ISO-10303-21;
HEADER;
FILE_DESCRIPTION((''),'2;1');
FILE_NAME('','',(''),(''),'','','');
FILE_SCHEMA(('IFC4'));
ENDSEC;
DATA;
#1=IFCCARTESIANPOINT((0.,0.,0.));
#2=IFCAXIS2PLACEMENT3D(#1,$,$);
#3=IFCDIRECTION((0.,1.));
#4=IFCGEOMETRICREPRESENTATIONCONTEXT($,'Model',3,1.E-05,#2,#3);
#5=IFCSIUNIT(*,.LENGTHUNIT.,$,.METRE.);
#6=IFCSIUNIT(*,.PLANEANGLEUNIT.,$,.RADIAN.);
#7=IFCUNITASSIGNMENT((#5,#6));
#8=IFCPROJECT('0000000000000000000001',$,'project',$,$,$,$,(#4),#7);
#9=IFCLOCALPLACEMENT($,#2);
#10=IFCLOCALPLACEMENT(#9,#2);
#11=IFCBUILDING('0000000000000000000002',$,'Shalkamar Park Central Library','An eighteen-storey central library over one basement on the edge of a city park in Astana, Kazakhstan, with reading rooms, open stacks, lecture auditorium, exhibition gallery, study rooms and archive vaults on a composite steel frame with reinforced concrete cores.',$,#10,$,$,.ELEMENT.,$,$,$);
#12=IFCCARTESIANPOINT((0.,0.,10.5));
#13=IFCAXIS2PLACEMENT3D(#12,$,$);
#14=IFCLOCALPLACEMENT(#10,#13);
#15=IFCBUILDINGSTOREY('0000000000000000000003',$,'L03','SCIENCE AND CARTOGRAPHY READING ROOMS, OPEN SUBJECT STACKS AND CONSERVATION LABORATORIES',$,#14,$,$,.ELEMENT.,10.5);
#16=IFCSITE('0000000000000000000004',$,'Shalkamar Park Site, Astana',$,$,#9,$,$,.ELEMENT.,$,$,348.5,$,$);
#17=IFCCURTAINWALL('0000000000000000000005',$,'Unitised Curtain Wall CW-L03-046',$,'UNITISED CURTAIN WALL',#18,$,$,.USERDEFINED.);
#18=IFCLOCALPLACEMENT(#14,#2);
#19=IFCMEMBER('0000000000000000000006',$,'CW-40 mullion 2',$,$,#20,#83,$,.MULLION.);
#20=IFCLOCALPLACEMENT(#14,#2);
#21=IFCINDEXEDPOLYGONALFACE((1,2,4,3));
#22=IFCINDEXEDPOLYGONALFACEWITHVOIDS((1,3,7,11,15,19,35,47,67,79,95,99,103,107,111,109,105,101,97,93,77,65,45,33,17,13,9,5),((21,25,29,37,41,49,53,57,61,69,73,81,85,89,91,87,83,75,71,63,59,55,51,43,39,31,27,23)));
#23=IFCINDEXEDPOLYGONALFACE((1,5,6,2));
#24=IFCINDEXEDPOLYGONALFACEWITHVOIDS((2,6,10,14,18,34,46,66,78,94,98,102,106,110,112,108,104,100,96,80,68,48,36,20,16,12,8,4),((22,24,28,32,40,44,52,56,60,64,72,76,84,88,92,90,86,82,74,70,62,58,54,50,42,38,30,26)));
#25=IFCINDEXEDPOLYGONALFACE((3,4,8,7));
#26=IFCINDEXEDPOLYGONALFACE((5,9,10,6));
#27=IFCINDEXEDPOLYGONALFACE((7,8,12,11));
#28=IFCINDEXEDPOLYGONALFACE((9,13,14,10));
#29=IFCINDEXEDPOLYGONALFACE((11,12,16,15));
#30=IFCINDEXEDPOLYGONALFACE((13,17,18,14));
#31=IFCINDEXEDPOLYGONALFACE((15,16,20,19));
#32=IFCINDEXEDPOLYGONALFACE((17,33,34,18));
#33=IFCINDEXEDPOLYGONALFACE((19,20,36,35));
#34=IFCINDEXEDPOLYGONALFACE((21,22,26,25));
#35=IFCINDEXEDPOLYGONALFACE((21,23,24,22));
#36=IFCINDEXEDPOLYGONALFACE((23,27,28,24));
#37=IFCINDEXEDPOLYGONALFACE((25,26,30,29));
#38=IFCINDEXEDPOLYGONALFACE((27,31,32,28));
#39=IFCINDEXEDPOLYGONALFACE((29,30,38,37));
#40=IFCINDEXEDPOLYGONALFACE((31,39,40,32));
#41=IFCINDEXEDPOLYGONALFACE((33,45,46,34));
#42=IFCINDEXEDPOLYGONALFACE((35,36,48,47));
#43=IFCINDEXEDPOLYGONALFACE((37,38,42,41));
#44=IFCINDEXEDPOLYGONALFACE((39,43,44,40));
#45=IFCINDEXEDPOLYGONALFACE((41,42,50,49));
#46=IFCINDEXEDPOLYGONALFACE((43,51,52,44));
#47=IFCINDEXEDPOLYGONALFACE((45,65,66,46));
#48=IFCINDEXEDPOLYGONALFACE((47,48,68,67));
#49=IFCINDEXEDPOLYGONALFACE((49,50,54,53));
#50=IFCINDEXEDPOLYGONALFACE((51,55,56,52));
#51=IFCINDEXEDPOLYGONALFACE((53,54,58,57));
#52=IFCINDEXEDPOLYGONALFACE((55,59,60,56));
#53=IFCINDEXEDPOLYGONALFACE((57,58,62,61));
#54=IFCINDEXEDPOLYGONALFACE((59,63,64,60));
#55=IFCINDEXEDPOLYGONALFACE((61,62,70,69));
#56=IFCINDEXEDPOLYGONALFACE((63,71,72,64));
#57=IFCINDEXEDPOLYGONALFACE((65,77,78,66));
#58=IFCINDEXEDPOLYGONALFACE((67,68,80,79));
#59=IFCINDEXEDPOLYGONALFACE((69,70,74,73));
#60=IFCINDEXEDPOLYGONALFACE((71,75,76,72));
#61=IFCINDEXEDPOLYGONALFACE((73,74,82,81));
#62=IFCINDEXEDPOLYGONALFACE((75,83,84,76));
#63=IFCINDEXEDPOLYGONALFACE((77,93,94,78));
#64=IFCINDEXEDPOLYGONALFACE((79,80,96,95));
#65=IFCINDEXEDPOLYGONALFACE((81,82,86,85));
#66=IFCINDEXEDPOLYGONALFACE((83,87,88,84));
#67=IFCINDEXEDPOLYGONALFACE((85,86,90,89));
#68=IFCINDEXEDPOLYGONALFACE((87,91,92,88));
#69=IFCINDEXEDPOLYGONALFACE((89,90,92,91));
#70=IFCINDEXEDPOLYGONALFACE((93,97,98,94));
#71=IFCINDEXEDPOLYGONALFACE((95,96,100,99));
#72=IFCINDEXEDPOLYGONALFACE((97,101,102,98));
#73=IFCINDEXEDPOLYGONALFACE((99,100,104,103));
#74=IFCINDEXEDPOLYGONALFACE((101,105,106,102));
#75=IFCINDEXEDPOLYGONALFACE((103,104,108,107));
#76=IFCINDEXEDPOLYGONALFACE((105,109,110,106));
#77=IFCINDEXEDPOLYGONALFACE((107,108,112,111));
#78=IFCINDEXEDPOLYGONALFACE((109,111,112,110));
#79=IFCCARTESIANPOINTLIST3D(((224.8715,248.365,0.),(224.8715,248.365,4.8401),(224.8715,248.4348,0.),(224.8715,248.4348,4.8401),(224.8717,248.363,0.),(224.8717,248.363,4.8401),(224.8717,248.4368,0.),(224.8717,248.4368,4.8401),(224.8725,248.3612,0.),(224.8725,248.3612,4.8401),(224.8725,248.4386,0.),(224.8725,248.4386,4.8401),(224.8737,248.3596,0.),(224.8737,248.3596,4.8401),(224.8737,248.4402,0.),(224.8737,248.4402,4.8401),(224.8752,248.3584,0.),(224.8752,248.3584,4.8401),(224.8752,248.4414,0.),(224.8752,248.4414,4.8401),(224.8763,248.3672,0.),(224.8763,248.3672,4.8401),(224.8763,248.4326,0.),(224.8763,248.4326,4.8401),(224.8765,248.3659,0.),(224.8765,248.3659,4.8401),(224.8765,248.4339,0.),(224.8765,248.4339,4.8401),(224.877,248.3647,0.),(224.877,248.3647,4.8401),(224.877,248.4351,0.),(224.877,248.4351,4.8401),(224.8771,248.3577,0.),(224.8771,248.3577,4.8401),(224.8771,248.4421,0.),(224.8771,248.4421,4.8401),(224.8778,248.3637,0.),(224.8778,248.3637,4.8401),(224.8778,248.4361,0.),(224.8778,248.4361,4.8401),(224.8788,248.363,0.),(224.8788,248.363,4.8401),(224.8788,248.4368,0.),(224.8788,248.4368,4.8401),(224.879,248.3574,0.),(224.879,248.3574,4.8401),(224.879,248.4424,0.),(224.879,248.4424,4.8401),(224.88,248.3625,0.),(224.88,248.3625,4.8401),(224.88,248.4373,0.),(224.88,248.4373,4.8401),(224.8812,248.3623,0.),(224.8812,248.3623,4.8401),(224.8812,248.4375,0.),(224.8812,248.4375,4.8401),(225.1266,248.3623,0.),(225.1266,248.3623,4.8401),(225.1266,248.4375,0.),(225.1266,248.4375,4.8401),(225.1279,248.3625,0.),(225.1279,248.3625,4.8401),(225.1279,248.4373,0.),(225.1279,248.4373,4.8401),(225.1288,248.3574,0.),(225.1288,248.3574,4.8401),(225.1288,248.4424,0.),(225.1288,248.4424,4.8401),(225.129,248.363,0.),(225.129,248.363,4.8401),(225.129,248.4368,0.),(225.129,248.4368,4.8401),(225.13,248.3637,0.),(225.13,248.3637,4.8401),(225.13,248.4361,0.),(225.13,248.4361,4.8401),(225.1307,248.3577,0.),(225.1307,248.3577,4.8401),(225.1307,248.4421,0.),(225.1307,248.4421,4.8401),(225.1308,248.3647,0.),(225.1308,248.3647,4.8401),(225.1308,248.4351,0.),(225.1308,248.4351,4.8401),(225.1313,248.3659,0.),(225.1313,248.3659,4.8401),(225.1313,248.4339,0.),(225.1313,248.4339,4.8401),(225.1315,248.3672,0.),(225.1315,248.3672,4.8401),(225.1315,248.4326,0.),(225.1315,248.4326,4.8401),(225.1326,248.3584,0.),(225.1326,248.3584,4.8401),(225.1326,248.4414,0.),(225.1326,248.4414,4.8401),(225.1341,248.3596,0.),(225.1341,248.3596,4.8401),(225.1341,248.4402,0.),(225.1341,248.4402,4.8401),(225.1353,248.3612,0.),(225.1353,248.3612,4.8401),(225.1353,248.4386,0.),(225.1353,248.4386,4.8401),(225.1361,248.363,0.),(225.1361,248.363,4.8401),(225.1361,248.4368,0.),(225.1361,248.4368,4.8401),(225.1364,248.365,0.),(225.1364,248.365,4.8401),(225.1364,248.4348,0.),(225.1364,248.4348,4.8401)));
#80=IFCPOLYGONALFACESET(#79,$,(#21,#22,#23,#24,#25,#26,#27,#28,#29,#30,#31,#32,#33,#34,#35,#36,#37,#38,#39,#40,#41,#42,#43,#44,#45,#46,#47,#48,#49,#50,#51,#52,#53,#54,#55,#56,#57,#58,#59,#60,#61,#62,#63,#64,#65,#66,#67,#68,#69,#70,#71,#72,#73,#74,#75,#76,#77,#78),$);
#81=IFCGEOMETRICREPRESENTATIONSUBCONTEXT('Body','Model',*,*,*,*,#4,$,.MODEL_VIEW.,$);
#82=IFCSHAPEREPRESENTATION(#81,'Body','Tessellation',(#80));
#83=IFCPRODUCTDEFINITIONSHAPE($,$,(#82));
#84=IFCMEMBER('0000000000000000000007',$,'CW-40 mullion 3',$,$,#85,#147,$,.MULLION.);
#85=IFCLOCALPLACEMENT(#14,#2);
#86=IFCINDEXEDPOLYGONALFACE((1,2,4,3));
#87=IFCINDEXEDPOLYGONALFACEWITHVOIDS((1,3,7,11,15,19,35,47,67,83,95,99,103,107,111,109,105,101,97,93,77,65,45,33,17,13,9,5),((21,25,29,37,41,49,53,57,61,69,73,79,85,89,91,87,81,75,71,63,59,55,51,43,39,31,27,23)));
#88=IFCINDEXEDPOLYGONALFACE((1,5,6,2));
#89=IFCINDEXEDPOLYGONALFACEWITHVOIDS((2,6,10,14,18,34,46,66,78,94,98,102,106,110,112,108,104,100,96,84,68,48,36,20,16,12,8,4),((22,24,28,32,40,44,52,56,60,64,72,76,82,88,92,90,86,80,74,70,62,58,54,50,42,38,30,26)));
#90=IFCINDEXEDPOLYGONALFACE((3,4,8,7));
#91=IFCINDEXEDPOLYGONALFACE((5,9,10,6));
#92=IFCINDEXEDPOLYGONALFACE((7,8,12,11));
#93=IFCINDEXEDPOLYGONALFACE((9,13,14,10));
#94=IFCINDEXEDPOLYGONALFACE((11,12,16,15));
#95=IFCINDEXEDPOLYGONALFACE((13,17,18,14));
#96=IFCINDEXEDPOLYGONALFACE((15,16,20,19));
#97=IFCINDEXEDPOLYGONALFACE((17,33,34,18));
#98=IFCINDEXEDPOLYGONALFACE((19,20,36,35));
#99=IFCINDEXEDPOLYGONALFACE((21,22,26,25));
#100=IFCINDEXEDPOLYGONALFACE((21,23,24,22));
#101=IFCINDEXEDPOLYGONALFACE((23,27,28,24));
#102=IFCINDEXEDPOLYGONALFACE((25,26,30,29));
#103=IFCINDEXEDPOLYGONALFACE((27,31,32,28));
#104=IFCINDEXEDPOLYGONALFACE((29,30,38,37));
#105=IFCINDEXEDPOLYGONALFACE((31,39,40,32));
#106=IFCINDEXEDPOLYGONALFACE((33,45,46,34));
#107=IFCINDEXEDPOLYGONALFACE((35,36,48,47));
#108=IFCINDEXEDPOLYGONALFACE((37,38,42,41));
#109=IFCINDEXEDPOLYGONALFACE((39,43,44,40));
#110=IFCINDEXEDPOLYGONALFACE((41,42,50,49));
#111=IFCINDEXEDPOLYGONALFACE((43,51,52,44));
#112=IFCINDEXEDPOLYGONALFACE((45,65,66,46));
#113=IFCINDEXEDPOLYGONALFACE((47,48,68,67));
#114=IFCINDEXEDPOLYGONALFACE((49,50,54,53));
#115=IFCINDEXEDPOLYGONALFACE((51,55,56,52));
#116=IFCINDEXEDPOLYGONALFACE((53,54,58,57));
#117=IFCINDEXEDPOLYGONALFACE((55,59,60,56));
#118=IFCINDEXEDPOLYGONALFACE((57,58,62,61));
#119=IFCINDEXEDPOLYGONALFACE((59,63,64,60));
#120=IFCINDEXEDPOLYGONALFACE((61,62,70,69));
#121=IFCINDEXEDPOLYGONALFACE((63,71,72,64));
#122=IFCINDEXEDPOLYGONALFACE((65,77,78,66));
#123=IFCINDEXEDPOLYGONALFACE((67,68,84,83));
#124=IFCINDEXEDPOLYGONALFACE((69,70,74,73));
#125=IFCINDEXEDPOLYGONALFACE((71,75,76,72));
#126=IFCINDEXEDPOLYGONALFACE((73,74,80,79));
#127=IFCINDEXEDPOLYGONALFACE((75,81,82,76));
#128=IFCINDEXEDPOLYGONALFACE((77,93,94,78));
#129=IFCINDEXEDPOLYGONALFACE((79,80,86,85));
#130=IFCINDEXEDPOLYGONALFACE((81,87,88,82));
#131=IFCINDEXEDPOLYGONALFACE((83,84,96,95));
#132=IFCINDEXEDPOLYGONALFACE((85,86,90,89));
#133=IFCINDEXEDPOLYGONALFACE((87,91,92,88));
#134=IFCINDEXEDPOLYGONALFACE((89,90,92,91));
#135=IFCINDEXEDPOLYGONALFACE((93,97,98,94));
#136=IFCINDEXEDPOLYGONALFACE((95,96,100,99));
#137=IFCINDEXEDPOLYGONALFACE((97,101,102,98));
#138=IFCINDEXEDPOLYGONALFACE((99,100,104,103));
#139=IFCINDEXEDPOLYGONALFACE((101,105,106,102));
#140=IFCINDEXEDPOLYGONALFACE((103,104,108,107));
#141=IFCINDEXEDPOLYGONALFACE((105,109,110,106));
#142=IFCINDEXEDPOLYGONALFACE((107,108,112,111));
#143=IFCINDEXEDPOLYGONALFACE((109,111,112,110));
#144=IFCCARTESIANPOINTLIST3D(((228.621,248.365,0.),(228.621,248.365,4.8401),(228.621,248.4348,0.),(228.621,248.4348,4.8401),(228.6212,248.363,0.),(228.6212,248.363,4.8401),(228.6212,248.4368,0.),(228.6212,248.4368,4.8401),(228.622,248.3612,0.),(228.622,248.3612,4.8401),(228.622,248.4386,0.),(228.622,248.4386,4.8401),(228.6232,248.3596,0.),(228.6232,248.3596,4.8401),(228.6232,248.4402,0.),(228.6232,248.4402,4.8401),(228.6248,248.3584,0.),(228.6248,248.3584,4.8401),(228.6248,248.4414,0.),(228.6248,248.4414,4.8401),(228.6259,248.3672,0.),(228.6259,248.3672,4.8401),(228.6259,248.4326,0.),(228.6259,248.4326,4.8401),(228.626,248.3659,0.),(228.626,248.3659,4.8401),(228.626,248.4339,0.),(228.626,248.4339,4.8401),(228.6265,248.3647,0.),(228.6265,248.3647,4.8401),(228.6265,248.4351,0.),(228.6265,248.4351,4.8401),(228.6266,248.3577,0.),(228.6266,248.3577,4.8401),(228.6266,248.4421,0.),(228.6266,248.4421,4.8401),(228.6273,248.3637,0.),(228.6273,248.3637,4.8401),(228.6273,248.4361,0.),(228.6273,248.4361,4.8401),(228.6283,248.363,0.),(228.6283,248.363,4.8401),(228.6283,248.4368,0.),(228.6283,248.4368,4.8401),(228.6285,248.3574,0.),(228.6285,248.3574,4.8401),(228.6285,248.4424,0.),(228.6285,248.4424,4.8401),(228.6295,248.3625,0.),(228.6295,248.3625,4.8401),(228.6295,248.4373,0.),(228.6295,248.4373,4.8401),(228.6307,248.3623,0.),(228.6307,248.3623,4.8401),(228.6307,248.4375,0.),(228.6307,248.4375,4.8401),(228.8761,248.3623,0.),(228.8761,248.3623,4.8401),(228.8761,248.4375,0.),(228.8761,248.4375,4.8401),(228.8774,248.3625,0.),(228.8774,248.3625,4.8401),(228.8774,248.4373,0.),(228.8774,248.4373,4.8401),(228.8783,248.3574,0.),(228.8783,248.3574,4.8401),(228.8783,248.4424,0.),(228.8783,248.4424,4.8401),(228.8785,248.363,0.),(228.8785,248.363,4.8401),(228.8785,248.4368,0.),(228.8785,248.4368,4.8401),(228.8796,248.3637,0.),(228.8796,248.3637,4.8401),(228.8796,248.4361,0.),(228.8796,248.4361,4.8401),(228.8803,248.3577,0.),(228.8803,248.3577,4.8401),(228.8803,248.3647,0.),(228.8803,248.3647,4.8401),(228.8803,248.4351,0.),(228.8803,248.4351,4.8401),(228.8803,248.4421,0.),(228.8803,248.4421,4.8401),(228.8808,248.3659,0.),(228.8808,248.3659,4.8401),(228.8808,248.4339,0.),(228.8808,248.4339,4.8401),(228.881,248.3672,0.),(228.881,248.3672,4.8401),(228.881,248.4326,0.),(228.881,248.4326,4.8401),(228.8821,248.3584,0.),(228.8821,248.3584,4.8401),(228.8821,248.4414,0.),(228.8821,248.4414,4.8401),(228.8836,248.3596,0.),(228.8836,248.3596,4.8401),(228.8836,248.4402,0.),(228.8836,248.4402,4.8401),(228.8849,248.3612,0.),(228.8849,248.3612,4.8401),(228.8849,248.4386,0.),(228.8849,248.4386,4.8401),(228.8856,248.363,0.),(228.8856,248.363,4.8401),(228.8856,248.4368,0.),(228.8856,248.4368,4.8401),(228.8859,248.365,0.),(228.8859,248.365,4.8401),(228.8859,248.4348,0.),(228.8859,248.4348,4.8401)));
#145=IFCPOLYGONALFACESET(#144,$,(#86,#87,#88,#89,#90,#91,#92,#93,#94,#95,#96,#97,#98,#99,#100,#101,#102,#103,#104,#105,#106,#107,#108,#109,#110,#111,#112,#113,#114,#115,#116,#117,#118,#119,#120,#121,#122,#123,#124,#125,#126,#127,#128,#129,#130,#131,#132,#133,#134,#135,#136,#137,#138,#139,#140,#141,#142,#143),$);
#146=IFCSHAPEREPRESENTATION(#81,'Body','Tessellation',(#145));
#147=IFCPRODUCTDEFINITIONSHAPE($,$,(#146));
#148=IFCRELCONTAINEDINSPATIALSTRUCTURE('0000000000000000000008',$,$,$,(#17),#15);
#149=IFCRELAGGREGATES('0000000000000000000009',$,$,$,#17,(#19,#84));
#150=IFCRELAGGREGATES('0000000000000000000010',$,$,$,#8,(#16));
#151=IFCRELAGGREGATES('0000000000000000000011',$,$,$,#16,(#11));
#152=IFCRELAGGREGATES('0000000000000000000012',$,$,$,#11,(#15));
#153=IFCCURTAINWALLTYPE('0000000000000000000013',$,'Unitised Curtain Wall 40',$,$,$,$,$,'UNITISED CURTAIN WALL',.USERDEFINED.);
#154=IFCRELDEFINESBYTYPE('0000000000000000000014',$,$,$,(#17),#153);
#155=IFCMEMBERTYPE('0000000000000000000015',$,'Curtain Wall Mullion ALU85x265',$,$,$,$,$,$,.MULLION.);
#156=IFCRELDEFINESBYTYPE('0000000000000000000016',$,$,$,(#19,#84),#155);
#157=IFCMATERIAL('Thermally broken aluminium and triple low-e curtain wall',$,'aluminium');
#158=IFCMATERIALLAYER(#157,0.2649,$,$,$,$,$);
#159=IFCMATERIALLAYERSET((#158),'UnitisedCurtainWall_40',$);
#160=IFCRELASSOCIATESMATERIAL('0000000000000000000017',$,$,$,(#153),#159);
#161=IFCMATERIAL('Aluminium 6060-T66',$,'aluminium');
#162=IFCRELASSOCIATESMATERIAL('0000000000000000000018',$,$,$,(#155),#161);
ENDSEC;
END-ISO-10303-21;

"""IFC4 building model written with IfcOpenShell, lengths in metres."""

from ifc_helpers import new_model, si_unit, direction, frame, origin, origin_2d, place, context, subcontext, project, spatial, hollow_rectangle, extrude, material, layer, layer_set, material_profile, profile_set, type_object, element, aggregate, save


model = new_model("IFC4")

# Units and contexts
model_context = context("Model", 3, precision=1e-05, world=origin(), true_north=direction((0.0, 1.0)))
body_context = subcontext(model_context, "Body", "Model", "MODEL_VIEW")
ifc_project = project(units=[si_unit("LENGTHUNIT", "METRE"), si_unit("PLANEANGLEUNIT", "RADIAN")], contexts=[model_context])

# Site, building, storey
site_placement = place(None, origin())
site = spatial("IfcSite", under=ifc_project, at=site_placement, Name="Shalkamar Park Site, Astana", CompositionType="ELEMENT", RefElevation=348.5)
building_placement = place(site_placement, origin())
building = spatial("IfcBuilding", under=site, at=building_placement, Name="Shalkamar Park Central Library", Description="An eighteen-storey central library over one basement on the edge of a city park in Astana, Kazakhstan, with reading rooms, open stacks, lecture auditorium, exhibition gallery, study rooms and archive vaults on a composite steel frame with reinforced concrete cores.", CompositionType="ELEMENT")
storey_placement = place(building_placement, frame((0.0, 0.0, 10.5)))
storey = spatial("IfcBuildingStorey", under=building, at=storey_placement, Name="L03", Description="SCIENCE AND CARTOGRAPHY READING ROOMS, OPEN SUBJECT STACKS AND CONSERVATION LABORATORIES", CompositionType="ELEMENT", Elevation=10.5)

# Curtain wall, members
ifc_material_1 = material(Name="Thermally broken aluminium and triple low-e curtain wall", Category="aluminium")
ifc_layer_1 = layer(ifc_material_1, 0.2649)
ifc_layer_set_1 = layer_set([ifc_layer_1], Name="UnitisedCurtainWall_40")
curtain_wall_type = type_object("IfcCurtainWallType", Name="Unitised Curtain Wall 40", ElementType="UNITISED CURTAIN WALL", PredefinedType="USERDEFINED", material=ifc_layer_set_1)
curtain_wall_placement = place(storey_placement, origin())
curtain_wall = element("IfcCurtainWall", 1, at=curtain_wall_placement, inside=storey, type_object=curtain_wall_type, Name="Unitised Curtain Wall CW-L03-046", ObjectType="UNITISED CURTAIN WALL", PredefinedType="USERDEFINED")
ifc_material_2 = material(Name="Aluminium 6060-T66", Category="aluminium")
ifc_material_profile_1 = material_profile(ifc_material_2, hollow_rectangle(XDim=0.085, YDim=0.2649, WallThickness=0.0049, InnerFilletRadius=0.0049, OuterFilletRadius=0.0076, at=origin_2d()), Name="ALU 85x265x5")
ifc_profile_set_1 = profile_set([ifc_material_profile_1], Name="Aluminium 6060-T66")
member_type_1 = type_object("IfcMemberType", Name="Curtain Wall Mullion ALU85x265", PredefinedType="MULLION", material=ifc_profile_set_1)
member_1_placement = place(storey_placement, frame((225.0039, 248.3999, 0.0), z_axis=(0.0, 0.0, 1.0), x_axis=(0.0, 1.0, 0.0)))
member_1 = element("IfcMember", 2, at=member_1_placement, type_object=member_type_1, Name="CW-40 mullion 2", PredefinedType="MULLION", context=body_context, shape_type="SweptSolid", body=[
    extrude(hollow_rectangle(XDim=0.085, YDim=0.2649, WallThickness=0.0049, InnerFilletRadius=0.0049, OuterFilletRadius=0.0076, at=origin_2d()), origin(), (0.0, 0.0, 1.0), 4.8401),
])
member_2_placement = place(storey_placement, frame((228.7534, 248.3999, 0.0), z_axis=(0.0, 0.0, 1.0), x_axis=(0.0, 1.0, 0.0)))
member_2 = element("IfcMember", 3, at=member_2_placement, type_object=member_type_1, Name="CW-40 mullion 3", PredefinedType="MULLION", context=body_context, shape_type="SweptSolid", body=[
    extrude(hollow_rectangle(XDim=0.085, YDim=0.2649, WallThickness=0.0049, InnerFilletRadius=0.0049, OuterFilletRadius=0.0076, at=origin_2d()), origin(), (0.0, 0.0, 1.0), 4.8401),
])

aggregate(curtain_wall, [member_1, member_2])

save(model, "model.ifc")
